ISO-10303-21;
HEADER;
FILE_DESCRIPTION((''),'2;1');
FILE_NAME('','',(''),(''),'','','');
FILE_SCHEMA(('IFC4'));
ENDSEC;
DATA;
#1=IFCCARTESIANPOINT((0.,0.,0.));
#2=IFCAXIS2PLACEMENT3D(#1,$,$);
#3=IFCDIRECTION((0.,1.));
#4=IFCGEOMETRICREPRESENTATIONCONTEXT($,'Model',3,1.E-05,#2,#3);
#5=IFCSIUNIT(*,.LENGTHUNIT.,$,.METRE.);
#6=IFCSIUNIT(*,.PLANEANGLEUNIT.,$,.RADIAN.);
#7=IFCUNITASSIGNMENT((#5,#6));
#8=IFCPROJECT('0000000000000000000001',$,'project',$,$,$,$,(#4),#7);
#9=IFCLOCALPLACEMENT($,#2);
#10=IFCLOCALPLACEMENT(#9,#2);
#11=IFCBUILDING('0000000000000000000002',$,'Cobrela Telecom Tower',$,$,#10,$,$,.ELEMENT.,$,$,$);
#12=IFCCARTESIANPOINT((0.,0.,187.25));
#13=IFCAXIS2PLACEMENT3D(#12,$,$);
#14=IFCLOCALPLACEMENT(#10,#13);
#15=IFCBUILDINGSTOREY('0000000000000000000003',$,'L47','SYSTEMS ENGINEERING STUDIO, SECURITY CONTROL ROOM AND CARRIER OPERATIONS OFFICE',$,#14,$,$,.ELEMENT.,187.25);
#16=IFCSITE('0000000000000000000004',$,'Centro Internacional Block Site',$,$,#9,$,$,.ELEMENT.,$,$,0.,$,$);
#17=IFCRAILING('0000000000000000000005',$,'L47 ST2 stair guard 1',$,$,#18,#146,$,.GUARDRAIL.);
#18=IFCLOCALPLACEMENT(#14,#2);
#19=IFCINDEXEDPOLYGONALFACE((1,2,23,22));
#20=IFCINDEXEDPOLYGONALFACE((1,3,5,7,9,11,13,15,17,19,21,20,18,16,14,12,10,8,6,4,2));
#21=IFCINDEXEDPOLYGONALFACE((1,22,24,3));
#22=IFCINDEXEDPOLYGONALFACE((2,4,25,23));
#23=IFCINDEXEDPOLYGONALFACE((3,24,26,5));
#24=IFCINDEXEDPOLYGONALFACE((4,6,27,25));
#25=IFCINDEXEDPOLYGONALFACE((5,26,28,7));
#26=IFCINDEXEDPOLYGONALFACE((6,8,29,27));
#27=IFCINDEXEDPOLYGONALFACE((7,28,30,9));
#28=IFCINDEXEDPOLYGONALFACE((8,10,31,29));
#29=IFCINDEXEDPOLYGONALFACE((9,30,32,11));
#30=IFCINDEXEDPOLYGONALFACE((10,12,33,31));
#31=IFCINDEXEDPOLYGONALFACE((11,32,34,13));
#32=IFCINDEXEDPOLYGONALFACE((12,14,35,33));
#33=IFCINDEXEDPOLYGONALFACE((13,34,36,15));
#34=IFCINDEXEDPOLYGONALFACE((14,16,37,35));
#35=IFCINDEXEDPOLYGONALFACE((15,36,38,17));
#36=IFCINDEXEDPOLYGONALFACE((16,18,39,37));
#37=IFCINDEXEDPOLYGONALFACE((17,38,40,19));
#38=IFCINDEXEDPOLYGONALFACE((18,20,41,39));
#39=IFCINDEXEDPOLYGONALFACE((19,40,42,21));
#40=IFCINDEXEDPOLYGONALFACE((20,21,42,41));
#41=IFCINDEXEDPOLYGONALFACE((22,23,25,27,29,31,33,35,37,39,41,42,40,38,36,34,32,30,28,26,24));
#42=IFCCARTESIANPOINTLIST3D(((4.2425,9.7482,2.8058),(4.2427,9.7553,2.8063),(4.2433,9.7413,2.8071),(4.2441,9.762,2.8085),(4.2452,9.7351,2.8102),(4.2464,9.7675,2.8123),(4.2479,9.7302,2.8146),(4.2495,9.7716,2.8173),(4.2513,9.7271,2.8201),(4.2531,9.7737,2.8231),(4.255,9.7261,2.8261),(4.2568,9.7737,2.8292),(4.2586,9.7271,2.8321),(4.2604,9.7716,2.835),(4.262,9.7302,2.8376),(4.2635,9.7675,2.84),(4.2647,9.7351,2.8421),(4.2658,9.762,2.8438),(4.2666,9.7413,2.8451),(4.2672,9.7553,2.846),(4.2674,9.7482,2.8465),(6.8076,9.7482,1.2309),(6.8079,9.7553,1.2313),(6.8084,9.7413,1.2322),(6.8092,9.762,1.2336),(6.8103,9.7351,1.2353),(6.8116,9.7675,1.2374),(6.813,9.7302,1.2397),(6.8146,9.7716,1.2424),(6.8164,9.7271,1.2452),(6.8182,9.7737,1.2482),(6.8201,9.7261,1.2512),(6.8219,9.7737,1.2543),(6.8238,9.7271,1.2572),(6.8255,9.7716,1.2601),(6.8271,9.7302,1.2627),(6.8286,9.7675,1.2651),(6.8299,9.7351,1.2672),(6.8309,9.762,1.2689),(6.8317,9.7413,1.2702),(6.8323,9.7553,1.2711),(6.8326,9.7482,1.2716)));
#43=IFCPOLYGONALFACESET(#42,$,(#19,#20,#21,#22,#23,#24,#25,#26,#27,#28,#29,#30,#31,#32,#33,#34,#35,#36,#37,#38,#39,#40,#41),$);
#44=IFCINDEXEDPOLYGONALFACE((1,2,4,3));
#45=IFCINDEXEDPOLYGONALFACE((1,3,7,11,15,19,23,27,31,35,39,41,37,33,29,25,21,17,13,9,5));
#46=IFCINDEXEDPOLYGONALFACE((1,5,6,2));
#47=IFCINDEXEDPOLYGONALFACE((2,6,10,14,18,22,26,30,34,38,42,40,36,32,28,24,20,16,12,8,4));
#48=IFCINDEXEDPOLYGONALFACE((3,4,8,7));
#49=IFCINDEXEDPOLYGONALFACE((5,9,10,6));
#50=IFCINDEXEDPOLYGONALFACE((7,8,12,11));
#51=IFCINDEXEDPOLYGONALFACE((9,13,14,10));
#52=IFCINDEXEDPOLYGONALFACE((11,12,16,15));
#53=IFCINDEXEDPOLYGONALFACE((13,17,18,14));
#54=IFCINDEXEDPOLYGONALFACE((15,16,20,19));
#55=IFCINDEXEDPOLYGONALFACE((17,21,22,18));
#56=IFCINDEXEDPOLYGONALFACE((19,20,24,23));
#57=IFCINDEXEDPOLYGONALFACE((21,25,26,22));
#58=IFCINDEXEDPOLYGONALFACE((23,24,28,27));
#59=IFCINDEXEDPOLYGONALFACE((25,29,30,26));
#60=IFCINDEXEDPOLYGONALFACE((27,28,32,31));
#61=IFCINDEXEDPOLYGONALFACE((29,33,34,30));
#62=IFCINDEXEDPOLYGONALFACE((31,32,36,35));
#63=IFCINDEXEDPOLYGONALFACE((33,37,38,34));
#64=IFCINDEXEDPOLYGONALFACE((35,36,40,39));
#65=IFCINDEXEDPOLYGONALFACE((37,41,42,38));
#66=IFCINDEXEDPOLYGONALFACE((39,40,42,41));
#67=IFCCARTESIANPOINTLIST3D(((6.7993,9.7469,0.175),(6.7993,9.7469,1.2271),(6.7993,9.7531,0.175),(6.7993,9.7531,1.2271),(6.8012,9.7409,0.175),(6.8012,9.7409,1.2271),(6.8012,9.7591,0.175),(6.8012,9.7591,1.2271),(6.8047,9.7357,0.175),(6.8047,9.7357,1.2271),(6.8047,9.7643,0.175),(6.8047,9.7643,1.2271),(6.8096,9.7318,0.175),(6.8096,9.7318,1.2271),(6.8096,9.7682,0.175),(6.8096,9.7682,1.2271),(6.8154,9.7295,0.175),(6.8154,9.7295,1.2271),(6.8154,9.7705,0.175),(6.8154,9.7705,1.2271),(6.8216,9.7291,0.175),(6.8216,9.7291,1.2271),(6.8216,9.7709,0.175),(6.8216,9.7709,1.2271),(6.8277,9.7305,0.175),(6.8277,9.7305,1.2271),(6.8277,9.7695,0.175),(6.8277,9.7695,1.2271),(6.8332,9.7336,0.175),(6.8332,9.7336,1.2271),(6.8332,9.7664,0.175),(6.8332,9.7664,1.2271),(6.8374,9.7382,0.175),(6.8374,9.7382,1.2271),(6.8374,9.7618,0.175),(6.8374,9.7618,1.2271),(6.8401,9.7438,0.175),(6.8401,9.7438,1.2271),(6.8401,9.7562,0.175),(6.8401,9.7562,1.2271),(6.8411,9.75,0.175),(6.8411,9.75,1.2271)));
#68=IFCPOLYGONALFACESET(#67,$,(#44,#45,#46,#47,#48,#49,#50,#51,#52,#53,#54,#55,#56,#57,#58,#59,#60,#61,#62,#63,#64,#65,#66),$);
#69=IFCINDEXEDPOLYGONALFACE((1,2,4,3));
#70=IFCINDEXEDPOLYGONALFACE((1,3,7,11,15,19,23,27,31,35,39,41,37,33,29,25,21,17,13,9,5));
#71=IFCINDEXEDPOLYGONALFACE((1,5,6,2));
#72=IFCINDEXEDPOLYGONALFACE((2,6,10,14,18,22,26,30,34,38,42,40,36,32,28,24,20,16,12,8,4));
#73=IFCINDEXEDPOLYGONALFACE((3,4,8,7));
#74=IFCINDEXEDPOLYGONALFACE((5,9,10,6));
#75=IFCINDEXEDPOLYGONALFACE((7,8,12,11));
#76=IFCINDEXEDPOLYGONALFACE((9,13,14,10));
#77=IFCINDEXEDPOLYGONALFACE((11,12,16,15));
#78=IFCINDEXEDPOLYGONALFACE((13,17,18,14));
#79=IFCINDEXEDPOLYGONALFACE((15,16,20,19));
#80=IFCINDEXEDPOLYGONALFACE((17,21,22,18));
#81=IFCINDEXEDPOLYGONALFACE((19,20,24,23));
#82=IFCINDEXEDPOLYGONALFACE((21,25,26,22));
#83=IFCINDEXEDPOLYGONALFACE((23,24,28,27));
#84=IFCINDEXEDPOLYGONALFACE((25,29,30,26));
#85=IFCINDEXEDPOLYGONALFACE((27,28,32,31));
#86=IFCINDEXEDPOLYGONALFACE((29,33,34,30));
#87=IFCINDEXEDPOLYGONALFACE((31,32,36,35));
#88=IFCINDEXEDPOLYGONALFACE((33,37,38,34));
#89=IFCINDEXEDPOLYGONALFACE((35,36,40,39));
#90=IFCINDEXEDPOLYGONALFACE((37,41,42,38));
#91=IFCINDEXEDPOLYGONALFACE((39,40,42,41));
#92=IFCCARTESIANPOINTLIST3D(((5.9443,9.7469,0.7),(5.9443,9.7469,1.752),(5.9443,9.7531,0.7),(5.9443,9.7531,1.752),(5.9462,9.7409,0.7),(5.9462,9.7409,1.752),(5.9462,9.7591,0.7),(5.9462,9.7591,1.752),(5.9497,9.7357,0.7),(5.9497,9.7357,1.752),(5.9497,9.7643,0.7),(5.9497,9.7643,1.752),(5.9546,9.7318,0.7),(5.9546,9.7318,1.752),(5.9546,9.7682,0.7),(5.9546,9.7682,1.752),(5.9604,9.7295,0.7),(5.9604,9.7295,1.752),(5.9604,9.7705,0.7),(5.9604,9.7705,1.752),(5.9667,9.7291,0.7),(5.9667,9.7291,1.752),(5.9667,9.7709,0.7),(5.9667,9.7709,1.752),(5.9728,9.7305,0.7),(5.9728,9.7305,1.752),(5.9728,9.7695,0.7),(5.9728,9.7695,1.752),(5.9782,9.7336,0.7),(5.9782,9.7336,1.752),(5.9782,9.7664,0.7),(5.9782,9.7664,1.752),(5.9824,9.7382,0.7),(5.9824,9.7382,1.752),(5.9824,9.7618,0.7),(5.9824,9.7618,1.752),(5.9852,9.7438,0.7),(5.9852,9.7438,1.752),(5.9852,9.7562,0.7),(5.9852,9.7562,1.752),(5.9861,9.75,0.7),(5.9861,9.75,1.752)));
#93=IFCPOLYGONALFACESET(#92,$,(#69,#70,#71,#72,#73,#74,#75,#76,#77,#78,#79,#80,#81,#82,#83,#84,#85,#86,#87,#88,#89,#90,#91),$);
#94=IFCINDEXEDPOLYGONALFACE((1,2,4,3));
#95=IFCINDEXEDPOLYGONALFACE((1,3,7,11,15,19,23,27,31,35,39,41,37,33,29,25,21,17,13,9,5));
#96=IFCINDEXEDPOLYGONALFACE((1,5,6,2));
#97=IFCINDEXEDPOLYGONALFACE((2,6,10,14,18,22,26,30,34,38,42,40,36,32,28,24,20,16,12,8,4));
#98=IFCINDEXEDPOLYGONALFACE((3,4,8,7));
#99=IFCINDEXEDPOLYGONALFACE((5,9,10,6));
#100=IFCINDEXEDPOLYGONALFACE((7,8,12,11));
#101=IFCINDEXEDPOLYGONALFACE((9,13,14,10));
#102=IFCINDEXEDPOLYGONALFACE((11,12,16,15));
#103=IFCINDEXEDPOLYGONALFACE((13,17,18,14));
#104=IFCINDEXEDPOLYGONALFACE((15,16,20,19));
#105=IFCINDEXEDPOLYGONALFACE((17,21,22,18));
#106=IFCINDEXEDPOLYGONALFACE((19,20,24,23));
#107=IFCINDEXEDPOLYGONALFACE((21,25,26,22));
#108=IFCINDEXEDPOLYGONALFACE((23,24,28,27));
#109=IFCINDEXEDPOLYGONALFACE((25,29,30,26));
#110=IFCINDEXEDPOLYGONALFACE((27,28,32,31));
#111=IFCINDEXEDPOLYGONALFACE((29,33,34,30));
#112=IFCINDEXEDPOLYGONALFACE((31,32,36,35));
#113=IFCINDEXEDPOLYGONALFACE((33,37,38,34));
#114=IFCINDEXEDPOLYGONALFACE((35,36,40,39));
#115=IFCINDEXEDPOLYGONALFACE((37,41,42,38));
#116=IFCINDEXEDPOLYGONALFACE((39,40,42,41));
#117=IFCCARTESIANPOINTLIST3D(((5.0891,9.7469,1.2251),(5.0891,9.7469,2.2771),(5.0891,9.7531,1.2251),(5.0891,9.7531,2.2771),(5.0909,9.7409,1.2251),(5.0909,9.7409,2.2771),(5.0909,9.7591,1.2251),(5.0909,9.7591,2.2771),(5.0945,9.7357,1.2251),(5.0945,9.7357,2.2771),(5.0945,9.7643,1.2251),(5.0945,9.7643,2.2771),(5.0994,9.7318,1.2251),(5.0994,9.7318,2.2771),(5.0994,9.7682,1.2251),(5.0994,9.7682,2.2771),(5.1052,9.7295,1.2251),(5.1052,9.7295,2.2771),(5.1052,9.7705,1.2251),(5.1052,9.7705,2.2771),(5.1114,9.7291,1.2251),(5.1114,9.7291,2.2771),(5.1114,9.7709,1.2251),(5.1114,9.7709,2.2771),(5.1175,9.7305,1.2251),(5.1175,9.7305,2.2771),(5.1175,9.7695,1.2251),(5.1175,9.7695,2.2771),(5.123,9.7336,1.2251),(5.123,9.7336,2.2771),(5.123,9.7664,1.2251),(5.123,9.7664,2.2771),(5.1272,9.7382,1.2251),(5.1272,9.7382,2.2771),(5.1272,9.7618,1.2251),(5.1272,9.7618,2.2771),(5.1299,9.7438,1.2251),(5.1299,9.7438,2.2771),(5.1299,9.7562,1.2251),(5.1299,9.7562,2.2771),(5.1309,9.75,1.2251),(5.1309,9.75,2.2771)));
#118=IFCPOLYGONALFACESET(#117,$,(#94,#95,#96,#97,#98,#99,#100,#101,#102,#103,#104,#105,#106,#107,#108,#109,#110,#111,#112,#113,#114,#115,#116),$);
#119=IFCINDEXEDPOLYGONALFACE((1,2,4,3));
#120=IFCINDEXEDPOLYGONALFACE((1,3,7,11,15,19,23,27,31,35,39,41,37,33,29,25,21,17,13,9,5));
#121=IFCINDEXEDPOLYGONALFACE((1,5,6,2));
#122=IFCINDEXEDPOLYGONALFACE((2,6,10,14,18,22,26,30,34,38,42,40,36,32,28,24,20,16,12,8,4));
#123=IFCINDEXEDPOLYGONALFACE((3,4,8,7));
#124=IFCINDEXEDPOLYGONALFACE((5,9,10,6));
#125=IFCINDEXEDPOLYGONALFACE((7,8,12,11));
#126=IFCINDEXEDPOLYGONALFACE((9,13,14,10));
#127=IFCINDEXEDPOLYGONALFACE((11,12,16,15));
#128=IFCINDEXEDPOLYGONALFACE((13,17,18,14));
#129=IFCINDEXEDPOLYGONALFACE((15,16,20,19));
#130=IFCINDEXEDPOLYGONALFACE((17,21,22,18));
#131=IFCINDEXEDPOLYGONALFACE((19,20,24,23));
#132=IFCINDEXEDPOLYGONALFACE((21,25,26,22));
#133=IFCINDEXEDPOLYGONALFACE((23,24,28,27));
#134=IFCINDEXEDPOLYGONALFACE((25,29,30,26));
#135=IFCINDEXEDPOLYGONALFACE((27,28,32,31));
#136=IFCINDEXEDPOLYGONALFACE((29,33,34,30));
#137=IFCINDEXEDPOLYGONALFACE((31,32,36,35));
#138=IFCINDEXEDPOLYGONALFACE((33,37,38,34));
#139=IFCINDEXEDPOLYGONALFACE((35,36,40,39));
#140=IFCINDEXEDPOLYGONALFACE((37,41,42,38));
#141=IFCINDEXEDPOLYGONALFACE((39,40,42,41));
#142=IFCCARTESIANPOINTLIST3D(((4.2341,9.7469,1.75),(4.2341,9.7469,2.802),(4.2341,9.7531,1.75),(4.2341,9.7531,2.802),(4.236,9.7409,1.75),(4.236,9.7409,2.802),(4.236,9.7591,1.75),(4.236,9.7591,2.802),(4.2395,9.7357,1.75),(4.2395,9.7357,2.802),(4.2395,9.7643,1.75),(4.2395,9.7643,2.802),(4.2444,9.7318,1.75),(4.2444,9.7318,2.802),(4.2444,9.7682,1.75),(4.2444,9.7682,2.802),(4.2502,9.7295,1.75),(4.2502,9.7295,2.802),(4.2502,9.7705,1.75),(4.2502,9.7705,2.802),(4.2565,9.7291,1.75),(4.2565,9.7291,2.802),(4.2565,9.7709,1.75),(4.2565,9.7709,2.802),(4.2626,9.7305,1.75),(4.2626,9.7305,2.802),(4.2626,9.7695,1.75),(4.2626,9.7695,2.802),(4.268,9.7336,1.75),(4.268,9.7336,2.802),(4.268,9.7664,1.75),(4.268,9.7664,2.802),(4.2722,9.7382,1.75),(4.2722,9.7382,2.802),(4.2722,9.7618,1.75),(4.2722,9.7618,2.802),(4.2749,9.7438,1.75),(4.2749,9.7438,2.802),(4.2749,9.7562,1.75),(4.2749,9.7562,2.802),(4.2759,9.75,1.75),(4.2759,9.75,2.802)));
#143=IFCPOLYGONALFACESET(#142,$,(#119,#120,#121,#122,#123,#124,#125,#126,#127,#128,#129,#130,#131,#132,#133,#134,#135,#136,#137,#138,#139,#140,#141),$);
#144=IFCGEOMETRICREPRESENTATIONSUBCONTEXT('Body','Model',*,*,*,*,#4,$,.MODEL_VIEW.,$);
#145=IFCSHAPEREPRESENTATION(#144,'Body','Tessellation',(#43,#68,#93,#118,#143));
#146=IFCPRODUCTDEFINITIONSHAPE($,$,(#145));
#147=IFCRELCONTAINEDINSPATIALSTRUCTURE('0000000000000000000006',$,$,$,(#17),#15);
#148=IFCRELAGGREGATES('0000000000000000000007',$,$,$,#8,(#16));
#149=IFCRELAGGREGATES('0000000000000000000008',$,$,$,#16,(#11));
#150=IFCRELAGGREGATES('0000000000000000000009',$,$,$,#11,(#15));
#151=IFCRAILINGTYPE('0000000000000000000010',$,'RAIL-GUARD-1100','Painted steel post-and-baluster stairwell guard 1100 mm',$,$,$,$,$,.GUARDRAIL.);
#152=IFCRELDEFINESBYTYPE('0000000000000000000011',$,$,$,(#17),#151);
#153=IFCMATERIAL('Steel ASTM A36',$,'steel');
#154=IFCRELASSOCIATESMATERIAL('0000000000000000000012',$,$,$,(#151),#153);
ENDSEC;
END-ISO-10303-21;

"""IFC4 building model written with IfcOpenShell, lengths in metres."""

from ifc_helpers import new_model, si_unit, direction, frame, origin, origin_2d, place, context, subcontext, project, spatial, circle, extrude, material, type_object, element, save


model = new_model("IFC4")

# Units and contexts
model_context = context("Model", 3, precision=1e-05, world=origin(), true_north=direction((0.0, 1.0)))
body_context = subcontext(model_context, "Body", "Model", "MODEL_VIEW")
ifc_project = project(units=[si_unit("LENGTHUNIT", "METRE"), si_unit("PLANEANGLEUNIT", "RADIAN")], contexts=[model_context])

# Site, building, storey
site_placement = place(None, origin())
site = spatial("IfcSite", under=ifc_project, at=site_placement, Name="Centro Internacional Block Site", CompositionType="ELEMENT", RefElevation=0.0)
building_placement = place(site_placement, origin())
building = spatial("IfcBuilding", under=site, at=building_placement, Name="Cobrela Telecom Tower", CompositionType="ELEMENT")
storey_placement = place(building_placement, frame((0.0, 0.0, 187.25)))
storey = spatial("IfcBuildingStorey", under=building, at=storey_placement, Name="L47", Description="SYSTEMS ENGINEERING STUDIO, SECURITY CONTROL ROOM AND CARRIER OPERATIONS OFFICE", CompositionType="ELEMENT", Elevation=187.25)

# Shared definitions
ifc_material_1 = material(Name="Steel ASTM A36", Category="steel")

# Railing
railing_type = type_object("IfcRailingType", Name="RAIL-GUARD-1100", Description="Painted steel post-and-baluster stairwell guard 1100 mm", PredefinedType="GUARDRAIL", material=ifc_material_1)
railing_1_placement = place(storey_placement, frame((6.8201, 9.75, 0.175)))
element("IfcRailing", 1, at=railing_1_placement, inside=storey, type_object=railing_type, Name="L47 ST2 stair guard 1", PredefinedType="GUARDRAIL", context=body_context, shape_type="SweptSolid", body=[
    extrude(circle(Radius=0.0239, at=origin_2d()), frame((0.0, 0.0, 1.0762), z_axis=(-0.852195, 0.0, 0.523224), x_axis=(0.0, -1.0, 0.0)), (0.0, 0.0, 1.0), 3.01),
    extrude(circle(Radius=0.021, at=origin_2d()), origin(), (0.0, 0.0, 1.0), 1.052),
    extrude(circle(Radius=0.021, at=origin_2d()), frame((-0.855, 0.0, 0.5249)), (0.0, 0.0, 1.0), 1.052),
    extrude(circle(Radius=0.021, at=origin_2d()), frame((-1.7102, 0.0, 1.05)), (0.0, 0.0, 1.0), 1.052),
    extrude(circle(Radius=0.021, at=origin_2d()), frame((-2.5652, 0.0, 1.575)), (0.0, 0.0, 1.0), 1.052),
])

save(model, "model.ifc")
